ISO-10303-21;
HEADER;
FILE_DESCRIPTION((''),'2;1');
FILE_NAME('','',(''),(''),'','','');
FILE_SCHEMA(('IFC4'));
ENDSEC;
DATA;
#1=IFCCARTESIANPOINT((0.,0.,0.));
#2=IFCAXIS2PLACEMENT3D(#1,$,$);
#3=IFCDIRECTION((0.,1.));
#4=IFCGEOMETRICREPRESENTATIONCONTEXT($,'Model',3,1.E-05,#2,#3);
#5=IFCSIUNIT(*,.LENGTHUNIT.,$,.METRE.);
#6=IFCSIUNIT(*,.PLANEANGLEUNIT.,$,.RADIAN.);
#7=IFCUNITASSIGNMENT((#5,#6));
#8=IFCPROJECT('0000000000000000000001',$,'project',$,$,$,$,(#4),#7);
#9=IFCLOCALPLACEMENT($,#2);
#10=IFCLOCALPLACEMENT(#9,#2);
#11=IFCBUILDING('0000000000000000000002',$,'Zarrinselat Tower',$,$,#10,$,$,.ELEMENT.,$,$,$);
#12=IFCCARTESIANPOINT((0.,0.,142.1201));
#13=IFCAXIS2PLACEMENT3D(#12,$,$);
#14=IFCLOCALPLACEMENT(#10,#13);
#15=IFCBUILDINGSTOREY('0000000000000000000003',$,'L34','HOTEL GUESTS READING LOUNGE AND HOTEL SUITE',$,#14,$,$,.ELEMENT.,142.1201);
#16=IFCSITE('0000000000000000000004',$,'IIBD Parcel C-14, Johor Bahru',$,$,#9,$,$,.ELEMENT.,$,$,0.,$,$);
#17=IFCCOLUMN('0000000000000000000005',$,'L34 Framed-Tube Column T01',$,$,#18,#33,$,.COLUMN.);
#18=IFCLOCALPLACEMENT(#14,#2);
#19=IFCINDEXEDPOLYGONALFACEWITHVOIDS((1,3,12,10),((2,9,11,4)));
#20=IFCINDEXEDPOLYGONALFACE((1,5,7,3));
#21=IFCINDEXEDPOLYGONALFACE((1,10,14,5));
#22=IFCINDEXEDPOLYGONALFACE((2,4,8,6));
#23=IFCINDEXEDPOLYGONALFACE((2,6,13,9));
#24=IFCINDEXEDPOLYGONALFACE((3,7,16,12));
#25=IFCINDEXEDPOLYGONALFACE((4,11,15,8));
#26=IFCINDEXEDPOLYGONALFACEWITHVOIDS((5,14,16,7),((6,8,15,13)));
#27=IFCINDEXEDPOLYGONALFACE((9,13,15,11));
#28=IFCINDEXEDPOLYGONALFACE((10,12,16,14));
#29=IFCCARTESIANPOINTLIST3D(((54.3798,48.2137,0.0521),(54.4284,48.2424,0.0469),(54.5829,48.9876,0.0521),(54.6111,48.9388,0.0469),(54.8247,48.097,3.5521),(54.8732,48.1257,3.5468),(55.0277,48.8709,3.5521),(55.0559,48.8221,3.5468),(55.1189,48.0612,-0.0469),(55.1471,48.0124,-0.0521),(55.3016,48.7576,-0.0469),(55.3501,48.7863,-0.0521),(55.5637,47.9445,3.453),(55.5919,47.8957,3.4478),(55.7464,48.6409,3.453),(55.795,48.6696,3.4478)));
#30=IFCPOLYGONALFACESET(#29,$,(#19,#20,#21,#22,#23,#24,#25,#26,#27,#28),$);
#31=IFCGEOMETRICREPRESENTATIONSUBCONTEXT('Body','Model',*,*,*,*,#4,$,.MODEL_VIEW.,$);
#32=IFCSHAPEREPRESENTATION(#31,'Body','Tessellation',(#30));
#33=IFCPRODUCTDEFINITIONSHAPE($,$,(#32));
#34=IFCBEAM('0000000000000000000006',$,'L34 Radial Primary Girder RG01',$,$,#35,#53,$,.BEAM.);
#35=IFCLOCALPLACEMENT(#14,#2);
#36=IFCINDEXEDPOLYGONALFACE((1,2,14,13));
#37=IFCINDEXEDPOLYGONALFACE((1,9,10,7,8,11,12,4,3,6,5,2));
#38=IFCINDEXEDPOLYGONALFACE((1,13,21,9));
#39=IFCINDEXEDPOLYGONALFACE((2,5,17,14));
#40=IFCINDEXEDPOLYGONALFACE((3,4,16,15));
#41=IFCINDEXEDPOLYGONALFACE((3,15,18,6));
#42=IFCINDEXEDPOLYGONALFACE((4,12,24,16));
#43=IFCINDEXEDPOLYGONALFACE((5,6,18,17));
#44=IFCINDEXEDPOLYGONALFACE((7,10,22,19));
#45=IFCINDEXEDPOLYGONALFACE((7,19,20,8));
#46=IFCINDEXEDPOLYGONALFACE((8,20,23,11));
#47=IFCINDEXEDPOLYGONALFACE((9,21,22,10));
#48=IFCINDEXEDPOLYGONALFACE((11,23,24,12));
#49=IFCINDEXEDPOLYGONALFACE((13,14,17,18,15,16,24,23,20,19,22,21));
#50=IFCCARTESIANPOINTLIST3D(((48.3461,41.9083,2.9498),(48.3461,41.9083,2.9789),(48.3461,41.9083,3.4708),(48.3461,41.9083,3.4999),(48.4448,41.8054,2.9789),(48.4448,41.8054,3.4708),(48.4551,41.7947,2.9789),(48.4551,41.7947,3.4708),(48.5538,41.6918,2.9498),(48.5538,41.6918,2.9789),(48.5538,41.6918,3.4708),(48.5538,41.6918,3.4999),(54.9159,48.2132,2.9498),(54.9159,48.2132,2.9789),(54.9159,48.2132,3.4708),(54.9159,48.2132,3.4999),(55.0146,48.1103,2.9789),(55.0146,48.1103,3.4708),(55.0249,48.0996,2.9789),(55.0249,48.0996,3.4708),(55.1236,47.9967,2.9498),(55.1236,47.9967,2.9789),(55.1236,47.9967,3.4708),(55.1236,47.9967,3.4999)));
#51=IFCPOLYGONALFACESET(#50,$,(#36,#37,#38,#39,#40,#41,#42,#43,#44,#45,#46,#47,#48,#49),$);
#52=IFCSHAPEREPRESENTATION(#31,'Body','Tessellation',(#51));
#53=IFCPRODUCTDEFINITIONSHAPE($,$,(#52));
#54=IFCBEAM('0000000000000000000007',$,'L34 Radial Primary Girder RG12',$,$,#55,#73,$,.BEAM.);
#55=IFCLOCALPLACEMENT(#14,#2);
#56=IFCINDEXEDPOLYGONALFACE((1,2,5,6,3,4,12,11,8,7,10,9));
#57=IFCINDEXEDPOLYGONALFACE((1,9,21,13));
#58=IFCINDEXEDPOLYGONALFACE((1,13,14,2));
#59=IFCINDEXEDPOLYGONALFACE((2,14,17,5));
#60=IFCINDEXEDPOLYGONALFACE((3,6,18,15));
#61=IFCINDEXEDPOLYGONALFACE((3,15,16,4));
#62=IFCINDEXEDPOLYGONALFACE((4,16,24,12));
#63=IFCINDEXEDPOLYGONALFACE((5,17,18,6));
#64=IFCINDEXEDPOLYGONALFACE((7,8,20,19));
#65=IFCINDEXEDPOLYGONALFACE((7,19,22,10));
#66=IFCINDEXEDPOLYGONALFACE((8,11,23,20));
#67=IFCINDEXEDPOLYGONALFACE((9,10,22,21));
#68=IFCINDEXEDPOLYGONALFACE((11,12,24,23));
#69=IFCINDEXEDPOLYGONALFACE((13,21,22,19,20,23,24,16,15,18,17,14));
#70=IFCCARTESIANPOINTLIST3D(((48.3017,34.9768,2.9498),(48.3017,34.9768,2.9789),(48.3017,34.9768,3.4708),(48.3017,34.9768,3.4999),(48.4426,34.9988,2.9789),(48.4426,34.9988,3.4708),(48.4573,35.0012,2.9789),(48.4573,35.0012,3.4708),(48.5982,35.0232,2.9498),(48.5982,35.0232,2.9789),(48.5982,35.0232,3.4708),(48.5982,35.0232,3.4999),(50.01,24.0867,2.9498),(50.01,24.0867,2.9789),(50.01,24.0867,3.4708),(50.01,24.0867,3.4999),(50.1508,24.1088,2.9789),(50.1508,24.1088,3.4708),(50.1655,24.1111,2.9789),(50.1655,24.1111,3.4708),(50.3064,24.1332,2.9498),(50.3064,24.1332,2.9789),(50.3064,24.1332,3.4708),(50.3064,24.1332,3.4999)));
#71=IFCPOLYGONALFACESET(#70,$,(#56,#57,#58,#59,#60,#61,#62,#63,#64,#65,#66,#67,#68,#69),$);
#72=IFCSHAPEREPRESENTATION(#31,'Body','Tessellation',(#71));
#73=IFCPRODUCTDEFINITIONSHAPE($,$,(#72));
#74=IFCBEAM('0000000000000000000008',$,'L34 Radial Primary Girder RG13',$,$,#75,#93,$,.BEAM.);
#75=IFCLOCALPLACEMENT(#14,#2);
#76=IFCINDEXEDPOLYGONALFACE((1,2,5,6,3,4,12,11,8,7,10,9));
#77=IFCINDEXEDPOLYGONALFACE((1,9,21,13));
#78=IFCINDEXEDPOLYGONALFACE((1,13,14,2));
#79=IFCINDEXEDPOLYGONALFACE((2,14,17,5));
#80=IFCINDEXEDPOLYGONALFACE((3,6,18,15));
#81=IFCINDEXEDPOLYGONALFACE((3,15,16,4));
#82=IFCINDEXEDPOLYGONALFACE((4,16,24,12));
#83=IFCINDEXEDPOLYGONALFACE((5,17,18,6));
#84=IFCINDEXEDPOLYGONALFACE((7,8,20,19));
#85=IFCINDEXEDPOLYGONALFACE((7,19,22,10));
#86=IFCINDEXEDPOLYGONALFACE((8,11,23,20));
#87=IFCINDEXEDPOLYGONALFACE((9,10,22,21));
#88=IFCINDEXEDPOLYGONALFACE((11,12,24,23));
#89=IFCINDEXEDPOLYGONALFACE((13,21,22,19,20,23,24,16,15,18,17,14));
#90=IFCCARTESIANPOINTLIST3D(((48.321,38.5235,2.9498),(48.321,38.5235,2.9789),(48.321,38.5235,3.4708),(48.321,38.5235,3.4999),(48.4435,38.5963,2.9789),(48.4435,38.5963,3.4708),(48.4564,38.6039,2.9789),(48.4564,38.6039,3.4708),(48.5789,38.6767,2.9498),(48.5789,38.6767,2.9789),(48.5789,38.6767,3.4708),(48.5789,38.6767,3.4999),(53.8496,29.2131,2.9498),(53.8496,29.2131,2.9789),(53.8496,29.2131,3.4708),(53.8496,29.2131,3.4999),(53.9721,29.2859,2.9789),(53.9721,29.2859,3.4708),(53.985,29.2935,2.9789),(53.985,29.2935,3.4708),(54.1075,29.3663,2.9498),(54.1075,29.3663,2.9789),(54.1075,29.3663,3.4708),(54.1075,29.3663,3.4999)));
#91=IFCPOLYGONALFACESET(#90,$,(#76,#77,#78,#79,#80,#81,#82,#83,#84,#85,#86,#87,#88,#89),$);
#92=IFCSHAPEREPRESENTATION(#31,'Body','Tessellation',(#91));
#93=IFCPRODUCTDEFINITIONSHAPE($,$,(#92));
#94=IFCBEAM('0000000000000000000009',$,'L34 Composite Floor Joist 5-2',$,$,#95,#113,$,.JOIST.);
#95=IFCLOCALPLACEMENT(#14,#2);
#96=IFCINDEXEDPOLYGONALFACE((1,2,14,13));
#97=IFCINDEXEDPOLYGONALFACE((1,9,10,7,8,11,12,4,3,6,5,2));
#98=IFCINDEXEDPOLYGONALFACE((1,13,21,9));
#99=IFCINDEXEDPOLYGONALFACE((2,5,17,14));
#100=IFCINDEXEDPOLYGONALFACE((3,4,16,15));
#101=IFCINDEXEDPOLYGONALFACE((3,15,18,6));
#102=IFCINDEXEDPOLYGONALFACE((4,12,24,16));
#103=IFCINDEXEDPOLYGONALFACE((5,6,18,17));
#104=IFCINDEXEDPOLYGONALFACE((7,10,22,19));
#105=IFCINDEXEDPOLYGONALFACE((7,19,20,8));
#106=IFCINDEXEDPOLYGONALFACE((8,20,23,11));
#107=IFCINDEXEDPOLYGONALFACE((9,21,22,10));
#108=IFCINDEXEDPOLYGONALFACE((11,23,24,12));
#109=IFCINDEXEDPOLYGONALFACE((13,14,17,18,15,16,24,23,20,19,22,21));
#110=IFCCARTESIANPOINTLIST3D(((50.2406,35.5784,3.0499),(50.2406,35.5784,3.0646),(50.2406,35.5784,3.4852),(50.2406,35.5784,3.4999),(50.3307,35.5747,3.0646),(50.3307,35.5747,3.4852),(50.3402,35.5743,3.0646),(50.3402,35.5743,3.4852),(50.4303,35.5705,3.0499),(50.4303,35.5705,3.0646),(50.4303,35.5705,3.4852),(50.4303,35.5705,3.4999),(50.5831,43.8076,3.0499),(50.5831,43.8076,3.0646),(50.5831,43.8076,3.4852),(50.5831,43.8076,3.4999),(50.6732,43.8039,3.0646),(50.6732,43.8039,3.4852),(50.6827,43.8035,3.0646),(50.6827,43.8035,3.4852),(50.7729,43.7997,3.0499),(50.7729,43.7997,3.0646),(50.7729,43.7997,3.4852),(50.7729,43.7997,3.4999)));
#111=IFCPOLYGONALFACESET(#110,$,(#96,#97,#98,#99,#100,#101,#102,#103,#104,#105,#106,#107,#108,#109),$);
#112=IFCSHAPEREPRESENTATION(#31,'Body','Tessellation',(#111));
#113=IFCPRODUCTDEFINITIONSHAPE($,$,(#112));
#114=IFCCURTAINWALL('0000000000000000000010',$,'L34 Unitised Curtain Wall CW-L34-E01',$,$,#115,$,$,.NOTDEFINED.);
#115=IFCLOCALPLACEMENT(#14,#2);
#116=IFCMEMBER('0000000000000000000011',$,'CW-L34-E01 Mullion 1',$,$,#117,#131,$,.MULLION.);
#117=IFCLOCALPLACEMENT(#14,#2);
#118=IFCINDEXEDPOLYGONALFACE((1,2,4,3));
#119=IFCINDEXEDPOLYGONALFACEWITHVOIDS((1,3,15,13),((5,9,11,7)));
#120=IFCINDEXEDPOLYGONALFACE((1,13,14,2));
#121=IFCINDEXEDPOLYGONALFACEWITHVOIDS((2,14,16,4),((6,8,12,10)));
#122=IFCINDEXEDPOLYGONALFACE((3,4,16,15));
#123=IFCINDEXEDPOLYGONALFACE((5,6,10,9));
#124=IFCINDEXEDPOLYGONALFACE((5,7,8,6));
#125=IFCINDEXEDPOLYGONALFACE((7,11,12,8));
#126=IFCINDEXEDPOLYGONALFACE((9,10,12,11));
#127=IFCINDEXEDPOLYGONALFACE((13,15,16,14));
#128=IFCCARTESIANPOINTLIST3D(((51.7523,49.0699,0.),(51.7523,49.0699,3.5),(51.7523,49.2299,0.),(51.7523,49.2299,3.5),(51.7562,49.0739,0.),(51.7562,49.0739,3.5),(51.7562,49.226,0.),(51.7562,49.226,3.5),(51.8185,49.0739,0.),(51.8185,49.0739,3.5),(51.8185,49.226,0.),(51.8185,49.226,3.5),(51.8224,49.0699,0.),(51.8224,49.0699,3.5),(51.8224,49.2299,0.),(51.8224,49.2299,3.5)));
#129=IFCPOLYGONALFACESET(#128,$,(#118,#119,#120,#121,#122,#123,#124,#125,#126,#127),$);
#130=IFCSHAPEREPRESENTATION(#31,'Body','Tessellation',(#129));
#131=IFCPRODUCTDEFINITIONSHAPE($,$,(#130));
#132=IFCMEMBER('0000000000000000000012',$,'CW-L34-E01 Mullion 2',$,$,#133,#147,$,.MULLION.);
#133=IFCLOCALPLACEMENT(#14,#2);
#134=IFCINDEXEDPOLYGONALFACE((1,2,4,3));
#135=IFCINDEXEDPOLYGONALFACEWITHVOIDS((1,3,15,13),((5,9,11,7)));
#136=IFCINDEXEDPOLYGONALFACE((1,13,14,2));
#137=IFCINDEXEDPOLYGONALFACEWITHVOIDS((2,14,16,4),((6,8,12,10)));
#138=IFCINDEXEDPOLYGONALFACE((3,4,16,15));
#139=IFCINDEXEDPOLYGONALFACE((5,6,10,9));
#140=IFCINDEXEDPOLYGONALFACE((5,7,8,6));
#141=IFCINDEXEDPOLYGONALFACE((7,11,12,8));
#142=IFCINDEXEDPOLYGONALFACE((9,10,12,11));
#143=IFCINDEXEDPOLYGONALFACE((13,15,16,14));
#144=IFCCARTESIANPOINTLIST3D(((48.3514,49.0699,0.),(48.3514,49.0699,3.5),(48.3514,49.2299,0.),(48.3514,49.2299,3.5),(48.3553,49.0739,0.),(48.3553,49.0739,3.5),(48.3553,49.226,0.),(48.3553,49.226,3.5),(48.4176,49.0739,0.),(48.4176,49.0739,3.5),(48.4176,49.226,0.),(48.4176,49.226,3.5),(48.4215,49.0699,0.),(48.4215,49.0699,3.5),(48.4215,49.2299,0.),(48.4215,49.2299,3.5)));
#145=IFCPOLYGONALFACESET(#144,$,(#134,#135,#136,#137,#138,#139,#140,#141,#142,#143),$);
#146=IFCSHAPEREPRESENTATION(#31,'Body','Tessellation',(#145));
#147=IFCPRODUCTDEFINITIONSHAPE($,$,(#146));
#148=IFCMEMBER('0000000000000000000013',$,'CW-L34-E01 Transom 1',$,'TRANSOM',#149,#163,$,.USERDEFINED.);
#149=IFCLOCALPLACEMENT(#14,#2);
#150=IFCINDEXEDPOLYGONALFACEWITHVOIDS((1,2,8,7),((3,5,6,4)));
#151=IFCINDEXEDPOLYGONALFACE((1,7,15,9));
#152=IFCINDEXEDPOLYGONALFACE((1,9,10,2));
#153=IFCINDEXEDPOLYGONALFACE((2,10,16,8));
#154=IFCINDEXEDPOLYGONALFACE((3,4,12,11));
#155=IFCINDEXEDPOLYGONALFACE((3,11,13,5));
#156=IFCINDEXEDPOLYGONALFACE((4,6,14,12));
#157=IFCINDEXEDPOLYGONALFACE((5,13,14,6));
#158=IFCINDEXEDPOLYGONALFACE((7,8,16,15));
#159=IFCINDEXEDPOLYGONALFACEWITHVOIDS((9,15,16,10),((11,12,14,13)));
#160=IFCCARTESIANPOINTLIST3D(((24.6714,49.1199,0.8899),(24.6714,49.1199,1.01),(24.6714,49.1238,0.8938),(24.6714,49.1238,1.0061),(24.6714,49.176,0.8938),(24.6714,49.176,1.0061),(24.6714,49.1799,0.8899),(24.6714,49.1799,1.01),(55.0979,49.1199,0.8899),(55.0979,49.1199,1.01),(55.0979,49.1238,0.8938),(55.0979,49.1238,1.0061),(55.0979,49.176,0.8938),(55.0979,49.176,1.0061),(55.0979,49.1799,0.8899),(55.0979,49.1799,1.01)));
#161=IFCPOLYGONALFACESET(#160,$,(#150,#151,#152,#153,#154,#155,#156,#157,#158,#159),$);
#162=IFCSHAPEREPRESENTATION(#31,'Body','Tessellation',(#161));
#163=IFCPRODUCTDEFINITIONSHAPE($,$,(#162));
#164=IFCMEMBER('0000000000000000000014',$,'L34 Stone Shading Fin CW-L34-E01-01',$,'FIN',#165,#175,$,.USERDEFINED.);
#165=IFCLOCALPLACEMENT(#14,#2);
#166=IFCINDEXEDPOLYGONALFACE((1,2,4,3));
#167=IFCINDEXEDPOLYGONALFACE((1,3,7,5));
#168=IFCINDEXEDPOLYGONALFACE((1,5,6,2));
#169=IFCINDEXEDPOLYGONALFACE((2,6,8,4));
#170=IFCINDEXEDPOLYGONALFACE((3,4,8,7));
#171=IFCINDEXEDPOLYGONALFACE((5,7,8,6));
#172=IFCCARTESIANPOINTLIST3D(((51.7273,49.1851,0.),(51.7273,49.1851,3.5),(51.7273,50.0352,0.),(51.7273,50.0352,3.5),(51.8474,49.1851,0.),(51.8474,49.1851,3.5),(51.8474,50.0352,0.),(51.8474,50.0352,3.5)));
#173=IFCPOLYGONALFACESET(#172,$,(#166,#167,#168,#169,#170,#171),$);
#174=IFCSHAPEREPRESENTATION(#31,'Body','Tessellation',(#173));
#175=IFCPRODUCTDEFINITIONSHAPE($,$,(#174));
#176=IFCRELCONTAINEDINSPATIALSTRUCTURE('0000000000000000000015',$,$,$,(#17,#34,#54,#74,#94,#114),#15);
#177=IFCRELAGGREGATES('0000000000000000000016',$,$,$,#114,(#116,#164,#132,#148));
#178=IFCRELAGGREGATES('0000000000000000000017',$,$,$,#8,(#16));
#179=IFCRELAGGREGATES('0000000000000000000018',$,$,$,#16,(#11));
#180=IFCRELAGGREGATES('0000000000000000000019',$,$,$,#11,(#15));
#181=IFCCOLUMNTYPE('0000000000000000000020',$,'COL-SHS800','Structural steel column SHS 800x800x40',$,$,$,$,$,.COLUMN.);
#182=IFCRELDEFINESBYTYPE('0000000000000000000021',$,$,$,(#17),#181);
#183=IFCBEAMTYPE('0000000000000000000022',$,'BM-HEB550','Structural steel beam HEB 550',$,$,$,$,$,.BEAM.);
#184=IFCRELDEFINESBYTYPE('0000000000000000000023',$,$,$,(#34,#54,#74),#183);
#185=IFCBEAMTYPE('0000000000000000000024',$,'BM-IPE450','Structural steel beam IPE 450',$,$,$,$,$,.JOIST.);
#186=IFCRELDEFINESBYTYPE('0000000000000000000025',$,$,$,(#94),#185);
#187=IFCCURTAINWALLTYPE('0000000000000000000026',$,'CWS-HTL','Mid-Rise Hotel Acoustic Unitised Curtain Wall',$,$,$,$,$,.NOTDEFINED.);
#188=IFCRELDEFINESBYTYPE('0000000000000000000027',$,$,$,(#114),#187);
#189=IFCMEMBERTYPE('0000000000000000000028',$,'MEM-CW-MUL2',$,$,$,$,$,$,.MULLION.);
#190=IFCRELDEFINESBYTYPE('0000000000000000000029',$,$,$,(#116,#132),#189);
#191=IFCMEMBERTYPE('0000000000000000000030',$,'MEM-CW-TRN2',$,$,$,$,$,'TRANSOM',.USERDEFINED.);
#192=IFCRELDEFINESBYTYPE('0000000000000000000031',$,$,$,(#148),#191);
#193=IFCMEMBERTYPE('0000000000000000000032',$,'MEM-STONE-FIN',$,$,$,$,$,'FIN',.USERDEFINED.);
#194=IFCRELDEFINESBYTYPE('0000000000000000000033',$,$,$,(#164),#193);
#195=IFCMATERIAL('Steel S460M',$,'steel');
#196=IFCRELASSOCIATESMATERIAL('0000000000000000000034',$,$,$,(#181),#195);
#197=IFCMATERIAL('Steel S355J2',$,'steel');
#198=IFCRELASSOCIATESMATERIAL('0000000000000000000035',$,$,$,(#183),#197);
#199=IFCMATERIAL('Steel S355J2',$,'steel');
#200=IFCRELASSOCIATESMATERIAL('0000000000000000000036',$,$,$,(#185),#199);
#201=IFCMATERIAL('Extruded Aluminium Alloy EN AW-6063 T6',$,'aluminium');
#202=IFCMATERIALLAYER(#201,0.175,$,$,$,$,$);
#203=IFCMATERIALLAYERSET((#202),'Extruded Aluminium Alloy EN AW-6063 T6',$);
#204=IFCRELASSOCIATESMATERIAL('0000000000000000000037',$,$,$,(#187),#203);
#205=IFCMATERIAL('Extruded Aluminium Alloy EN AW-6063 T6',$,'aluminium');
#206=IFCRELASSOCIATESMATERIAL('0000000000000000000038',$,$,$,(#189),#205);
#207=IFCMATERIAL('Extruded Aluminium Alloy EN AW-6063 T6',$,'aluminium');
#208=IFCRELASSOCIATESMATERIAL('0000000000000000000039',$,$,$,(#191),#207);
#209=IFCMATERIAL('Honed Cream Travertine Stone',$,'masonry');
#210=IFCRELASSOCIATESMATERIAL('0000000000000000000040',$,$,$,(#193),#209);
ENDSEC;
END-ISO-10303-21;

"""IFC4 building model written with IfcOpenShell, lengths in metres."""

from ifc_helpers import new_model, si_unit, direction, frame, origin, origin_2d, place, context, subcontext, project, spatial, rectangle, hollow_rectangle, i_section, extrude, material, layer, layer_set, material_profile, profile_set, type_object, element, aggregate, save


model = new_model("IFC4")

# Units and contexts
model_context = context("Model", 3, precision=1e-05, world=origin(), true_north=direction((0.0, 1.0)))
body_context = subcontext(model_context, "Body", "Model", "MODEL_VIEW")
ifc_project = project(units=[si_unit("LENGTHUNIT", "METRE"), si_unit("PLANEANGLEUNIT", "RADIAN")], contexts=[model_context])

# Site, building, storey
site_placement = place(None, origin())
site = spatial("IfcSite", under=ifc_project, at=site_placement, Name="IIBD Parcel C-14, Johor Bahru", CompositionType="ELEMENT", RefElevation=0.0)
building_placement = place(site_placement, origin())
building = spatial("IfcBuilding", under=site, at=building_placement, Name="Zarrinselat Tower", CompositionType="ELEMENT")
storey_placement = place(building_placement, frame((0.0, 0.0, 142.1201)))
storey = spatial("IfcBuildingStorey", under=building, at=storey_placement, Name="L34", Description="HOTEL GUESTS READING LOUNGE AND HOTEL SUITE", CompositionType="ELEMENT", Elevation=142.1201)

# Column
ifc_material_1 = material(Name="Steel S460M", Category="steel")
ifc_material_profile_1 = material_profile(ifc_material_1, hollow_rectangle(XDim=0.8, YDim=0.8, WallThickness=0.04, at=origin_2d()), Name="SHS 800x800x40")
ifc_profile_set_1 = profile_set([ifc_material_profile_1], Name="Steel S460M")
column_type = type_object("IfcColumnType", Name="COL-SHS800", Description="Structural steel column SHS 800x800x40", PredefinedType="COLUMN", material=ifc_profile_set_1)
column_placement = place(storey_placement, frame((54.865, 48.5, 0.0), z_axis=(0.12601, -0.033058, 0.991478), x_axis=(0.253762, 0.967267, 0.0)))
element("IfcColumn", 1, at=column_placement, inside=storey, type_object=column_type, Name="L34 Framed-Tube Column T01", PredefinedType="COLUMN", context=body_context, shape_type="SweptSolid", body=[
    extrude(hollow_rectangle(XDim=0.8, YDim=0.8, WallThickness=0.04, at=origin_2d()), origin(), (0.0, 0.0, 1.0), 3.53),
])

# Beams
ifc_material_2 = material(Name="Steel S355J2", Category="steel")
ifc_material_profile_2 = material_profile(ifc_material_2, i_section(OverallWidth=0.3, OverallDepth=0.55, WebThickness=0.0149, FlangeThickness=0.0291, at=origin_2d()), Name="HEB 550")
ifc_profile_set_2 = profile_set([ifc_material_profile_2], Name="Steel S355J2")
beam_type_1 = type_object("IfcBeamType", Name="BM-HEB550", Description="Structural steel beam HEB 550", PredefinedType="BEAM", material=ifc_profile_set_2)
beam_1_placement = place(storey_placement, frame((48.45, 41.8, 3.2249), z_axis=(0.721503, 0.692412, 0.0), x_axis=(-0.692412, 0.721503, 0.0)))
element("IfcBeam", 2, at=beam_1_placement, inside=storey, type_object=beam_type_1, Name="L34 Radial Primary Girder RG01", PredefinedType="BEAM", context=body_context, shape_type="SweptSolid", body=[
    extrude(i_section(OverallWidth=0.3, OverallDepth=0.55, WebThickness=0.0149, FlangeThickness=0.0291, at=origin_2d()), origin(), (0.0, 0.0, 1.0), 9.1057),
])
beam_2_placement = place(storey_placement, frame((48.45, 35.0, 3.2249), z_axis=(0.154967, -0.98792, 0.0), x_axis=(0.98792, 0.154967, 0.0)))
element("IfcBeam", 3, at=beam_2_placement, inside=storey, type_object=beam_type_1, Name="L34 Radial Primary Girder RG12", PredefinedType="BEAM", context=body_context, shape_type="SweptSolid", body=[
    extrude(i_section(OverallWidth=0.3, OverallDepth=0.55, WebThickness=0.0149, FlangeThickness=0.0291, at=origin_2d()), origin(), (0.0, 0.0, 1.0), 11.0232),
])
beam_3_placement = place(storey_placement, frame((48.45, 38.6001, 3.2249), z_axis=(0.510578, -0.859832, 0.0), x_axis=(0.859832, 0.510578, 0.0)))
element("IfcBeam", 4, at=beam_3_placement, inside=storey, type_object=beam_type_1, Name="L34 Radial Primary Girder RG13", PredefinedType="BEAM", context=body_context, shape_type="SweptSolid", body=[
    extrude(i_section(OverallWidth=0.3, OverallDepth=0.55, WebThickness=0.0149, FlangeThickness=0.0291, at=origin_2d()), origin(), (0.0, 0.0, 1.0), 10.8281),
])
ifc_material_3 = material(Name="Steel S355J2", Category="steel")
ifc_material_profile_3 = material_profile(ifc_material_3, i_section(OverallWidth=0.1899, OverallDepth=0.45, WebThickness=0.0095, FlangeThickness=0.0146, at=origin_2d()), Name="IPE 450")
ifc_profile_set_3 = profile_set([ifc_material_profile_3], Name="Steel S355J2")
beam_type_2 = type_object("IfcBeamType", Name="BM-IPE450", Description="Structural steel beam IPE 450", PredefinedType="JOIST", material=ifc_profile_set_3)
beam_4_placement = place(storey_placement, frame((50.3354, 35.5745, 3.2749), z_axis=(0.041587, 0.999135, 0.0), x_axis=(-0.999135, 0.041587, 0.0)))
element("IfcBeam", 5, at=beam_4_placement, inside=storey, type_object=beam_type_2, Name="L34 Composite Floor Joist 5-2", PredefinedType="JOIST", context=body_context, shape_type="SweptSolid", body=[
    extrude(i_section(OverallWidth=0.1899, OverallDepth=0.45, WebThickness=0.0095, FlangeThickness=0.0146, at=origin_2d()), origin(), (0.0, 0.0, 1.0), 8.2363),
])

# Curtain wall, members
ifc_material_4 = material(Name="Extruded Aluminium Alloy EN AW-6063 T6", Category="aluminium")
ifc_layer_1 = layer(ifc_material_4, 0.175)
ifc_layer_set_1 = layer_set([ifc_layer_1], Name="Extruded Aluminium Alloy EN AW-6063 T6")
curtain_wall_type = type_object("IfcCurtainWallType", Name="CWS-HTL", Description="Mid-Rise Hotel Acoustic Unitised Curtain Wall", PredefinedType="NOTDEFINED", material=ifc_layer_set_1)
curtain_wall_placement = place(storey_placement, origin())
curtain_wall = element("IfcCurtainWall", 6, at=curtain_wall_placement, inside=storey, type_object=curtain_wall_type, Name="L34 Unitised Curtain Wall CW-L34-E01", PredefinedType="NOTDEFINED")
ifc_material_5 = material(Name="Extruded Aluminium Alloy EN AW-6063 T6", Category="aluminium")
ifc_material_profile_4 = material_profile(ifc_material_5, hollow_rectangle(XDim=0.0701, YDim=0.1599, WallThickness=0.0039, at=origin_2d()), Name="RHS 160x70x4")
ifc_profile_set_4 = profile_set([ifc_material_profile_4], Name="Extruded Aluminium Alloy EN AW-6063 T6")
member_type_1 = type_object("IfcMemberType", Name="MEM-CW-MUL2", PredefinedType="MULLION", material=ifc_profile_set_4)
member_1_placement = place(storey_placement, frame((51.7874, 49.1499, 0.0), z_axis=(0.0, 0.0, 1.0), x_axis=(-1.0, 0.0, 0.0)))
member_1 = element("IfcMember", 7, at=member_1_placement, type_object=member_type_1, Name="CW-L34-E01 Mullion 1", PredefinedType="MULLION", context=body_context, shape_type="SweptSolid", body=[
    extrude(hollow_rectangle(XDim=0.0701, YDim=0.1599, WallThickness=0.0039, at=origin_2d()), origin(), (0.0, 0.0, 1.0), 3.5),
])
member_2_placement = place(storey_placement, frame((48.3865, 49.1499, 0.0), z_axis=(0.0, 0.0, 1.0), x_axis=(-1.0, 0.0, 0.0)))
member_2 = element("IfcMember", 8, at=member_2_placement, type_object=member_type_1, Name="CW-L34-E01 Mullion 2", PredefinedType="MULLION", context=body_context, shape_type="SweptSolid", body=[
    extrude(hollow_rectangle(XDim=0.0701, YDim=0.1599, WallThickness=0.0039, at=origin_2d()), origin(), (0.0, 0.0, 1.0), 3.5),
])
ifc_material_6 = material(Name="Extruded Aluminium Alloy EN AW-6063 T6", Category="aluminium")
ifc_material_profile_5 = material_profile(ifc_material_6, hollow_rectangle(XDim=0.0601, YDim=0.1201, WallThickness=0.0039, at=origin_2d()), Name="RHS 120x60x4")
ifc_profile_set_5 = profile_set([ifc_material_profile_5], Name="Extruded Aluminium Alloy EN AW-6063 T6")
member_type_2 = type_object("IfcMemberType", Name="MEM-CW-TRN2", ElementType="TRANSOM", PredefinedType="USERDEFINED", material=ifc_profile_set_5)
member_3_placement = place(storey_placement, frame((55.0979, 49.1499, 0.95), z_axis=(-1.0, 0.0, 0.0), x_axis=(0.0, -1.0, 0.0)))
member_3 = element("IfcMember", 9, at=member_3_placement, type_object=member_type_2, Name="CW-L34-E01 Transom 1", ObjectType="TRANSOM", PredefinedType="USERDEFINED", context=body_context, shape_type="SweptSolid", body=[
    extrude(hollow_rectangle(XDim=0.0601, YDim=0.1201, WallThickness=0.0039, at=origin_2d()), origin(), (0.0, 0.0, 1.0), 30.4265),
])
ifc_material_7 = material(Name="Honed Cream Travertine Stone", Category="masonry")
ifc_material_profile_6 = material_profile(ifc_material_7, rectangle(XDim=0.1201, YDim=0.8501, at=origin_2d()), Name="FIN 850x120")
ifc_profile_set_6 = profile_set([ifc_material_profile_6], Name="Honed Cream Travertine Stone")
member_type_3 = type_object("IfcMemberType", Name="MEM-STONE-FIN", ElementType="FIN", PredefinedType="USERDEFINED", material=ifc_profile_set_6)
member_4_placement = place(storey_placement, frame((51.7874, 49.6101, 0.0), z_axis=(0.0, 0.0, 1.0), x_axis=(1.0, 0.0, 0.0)))
member_4 = element("IfcMember", 10, at=member_4_placement, type_object=member_type_3, Name="L34 Stone Shading Fin CW-L34-E01-01", ObjectType="FIN", PredefinedType="USERDEFINED", context=body_context, shape_type="SweptSolid", body=[
    extrude(rectangle(XDim=0.1201, YDim=0.8501, at=origin_2d()), origin(), (0.0, 0.0, 1.0), 3.5),
])
aggregate(curtain_wall, [member_1, member_4, member_2, member_3])

save(model, "model.ifc")
